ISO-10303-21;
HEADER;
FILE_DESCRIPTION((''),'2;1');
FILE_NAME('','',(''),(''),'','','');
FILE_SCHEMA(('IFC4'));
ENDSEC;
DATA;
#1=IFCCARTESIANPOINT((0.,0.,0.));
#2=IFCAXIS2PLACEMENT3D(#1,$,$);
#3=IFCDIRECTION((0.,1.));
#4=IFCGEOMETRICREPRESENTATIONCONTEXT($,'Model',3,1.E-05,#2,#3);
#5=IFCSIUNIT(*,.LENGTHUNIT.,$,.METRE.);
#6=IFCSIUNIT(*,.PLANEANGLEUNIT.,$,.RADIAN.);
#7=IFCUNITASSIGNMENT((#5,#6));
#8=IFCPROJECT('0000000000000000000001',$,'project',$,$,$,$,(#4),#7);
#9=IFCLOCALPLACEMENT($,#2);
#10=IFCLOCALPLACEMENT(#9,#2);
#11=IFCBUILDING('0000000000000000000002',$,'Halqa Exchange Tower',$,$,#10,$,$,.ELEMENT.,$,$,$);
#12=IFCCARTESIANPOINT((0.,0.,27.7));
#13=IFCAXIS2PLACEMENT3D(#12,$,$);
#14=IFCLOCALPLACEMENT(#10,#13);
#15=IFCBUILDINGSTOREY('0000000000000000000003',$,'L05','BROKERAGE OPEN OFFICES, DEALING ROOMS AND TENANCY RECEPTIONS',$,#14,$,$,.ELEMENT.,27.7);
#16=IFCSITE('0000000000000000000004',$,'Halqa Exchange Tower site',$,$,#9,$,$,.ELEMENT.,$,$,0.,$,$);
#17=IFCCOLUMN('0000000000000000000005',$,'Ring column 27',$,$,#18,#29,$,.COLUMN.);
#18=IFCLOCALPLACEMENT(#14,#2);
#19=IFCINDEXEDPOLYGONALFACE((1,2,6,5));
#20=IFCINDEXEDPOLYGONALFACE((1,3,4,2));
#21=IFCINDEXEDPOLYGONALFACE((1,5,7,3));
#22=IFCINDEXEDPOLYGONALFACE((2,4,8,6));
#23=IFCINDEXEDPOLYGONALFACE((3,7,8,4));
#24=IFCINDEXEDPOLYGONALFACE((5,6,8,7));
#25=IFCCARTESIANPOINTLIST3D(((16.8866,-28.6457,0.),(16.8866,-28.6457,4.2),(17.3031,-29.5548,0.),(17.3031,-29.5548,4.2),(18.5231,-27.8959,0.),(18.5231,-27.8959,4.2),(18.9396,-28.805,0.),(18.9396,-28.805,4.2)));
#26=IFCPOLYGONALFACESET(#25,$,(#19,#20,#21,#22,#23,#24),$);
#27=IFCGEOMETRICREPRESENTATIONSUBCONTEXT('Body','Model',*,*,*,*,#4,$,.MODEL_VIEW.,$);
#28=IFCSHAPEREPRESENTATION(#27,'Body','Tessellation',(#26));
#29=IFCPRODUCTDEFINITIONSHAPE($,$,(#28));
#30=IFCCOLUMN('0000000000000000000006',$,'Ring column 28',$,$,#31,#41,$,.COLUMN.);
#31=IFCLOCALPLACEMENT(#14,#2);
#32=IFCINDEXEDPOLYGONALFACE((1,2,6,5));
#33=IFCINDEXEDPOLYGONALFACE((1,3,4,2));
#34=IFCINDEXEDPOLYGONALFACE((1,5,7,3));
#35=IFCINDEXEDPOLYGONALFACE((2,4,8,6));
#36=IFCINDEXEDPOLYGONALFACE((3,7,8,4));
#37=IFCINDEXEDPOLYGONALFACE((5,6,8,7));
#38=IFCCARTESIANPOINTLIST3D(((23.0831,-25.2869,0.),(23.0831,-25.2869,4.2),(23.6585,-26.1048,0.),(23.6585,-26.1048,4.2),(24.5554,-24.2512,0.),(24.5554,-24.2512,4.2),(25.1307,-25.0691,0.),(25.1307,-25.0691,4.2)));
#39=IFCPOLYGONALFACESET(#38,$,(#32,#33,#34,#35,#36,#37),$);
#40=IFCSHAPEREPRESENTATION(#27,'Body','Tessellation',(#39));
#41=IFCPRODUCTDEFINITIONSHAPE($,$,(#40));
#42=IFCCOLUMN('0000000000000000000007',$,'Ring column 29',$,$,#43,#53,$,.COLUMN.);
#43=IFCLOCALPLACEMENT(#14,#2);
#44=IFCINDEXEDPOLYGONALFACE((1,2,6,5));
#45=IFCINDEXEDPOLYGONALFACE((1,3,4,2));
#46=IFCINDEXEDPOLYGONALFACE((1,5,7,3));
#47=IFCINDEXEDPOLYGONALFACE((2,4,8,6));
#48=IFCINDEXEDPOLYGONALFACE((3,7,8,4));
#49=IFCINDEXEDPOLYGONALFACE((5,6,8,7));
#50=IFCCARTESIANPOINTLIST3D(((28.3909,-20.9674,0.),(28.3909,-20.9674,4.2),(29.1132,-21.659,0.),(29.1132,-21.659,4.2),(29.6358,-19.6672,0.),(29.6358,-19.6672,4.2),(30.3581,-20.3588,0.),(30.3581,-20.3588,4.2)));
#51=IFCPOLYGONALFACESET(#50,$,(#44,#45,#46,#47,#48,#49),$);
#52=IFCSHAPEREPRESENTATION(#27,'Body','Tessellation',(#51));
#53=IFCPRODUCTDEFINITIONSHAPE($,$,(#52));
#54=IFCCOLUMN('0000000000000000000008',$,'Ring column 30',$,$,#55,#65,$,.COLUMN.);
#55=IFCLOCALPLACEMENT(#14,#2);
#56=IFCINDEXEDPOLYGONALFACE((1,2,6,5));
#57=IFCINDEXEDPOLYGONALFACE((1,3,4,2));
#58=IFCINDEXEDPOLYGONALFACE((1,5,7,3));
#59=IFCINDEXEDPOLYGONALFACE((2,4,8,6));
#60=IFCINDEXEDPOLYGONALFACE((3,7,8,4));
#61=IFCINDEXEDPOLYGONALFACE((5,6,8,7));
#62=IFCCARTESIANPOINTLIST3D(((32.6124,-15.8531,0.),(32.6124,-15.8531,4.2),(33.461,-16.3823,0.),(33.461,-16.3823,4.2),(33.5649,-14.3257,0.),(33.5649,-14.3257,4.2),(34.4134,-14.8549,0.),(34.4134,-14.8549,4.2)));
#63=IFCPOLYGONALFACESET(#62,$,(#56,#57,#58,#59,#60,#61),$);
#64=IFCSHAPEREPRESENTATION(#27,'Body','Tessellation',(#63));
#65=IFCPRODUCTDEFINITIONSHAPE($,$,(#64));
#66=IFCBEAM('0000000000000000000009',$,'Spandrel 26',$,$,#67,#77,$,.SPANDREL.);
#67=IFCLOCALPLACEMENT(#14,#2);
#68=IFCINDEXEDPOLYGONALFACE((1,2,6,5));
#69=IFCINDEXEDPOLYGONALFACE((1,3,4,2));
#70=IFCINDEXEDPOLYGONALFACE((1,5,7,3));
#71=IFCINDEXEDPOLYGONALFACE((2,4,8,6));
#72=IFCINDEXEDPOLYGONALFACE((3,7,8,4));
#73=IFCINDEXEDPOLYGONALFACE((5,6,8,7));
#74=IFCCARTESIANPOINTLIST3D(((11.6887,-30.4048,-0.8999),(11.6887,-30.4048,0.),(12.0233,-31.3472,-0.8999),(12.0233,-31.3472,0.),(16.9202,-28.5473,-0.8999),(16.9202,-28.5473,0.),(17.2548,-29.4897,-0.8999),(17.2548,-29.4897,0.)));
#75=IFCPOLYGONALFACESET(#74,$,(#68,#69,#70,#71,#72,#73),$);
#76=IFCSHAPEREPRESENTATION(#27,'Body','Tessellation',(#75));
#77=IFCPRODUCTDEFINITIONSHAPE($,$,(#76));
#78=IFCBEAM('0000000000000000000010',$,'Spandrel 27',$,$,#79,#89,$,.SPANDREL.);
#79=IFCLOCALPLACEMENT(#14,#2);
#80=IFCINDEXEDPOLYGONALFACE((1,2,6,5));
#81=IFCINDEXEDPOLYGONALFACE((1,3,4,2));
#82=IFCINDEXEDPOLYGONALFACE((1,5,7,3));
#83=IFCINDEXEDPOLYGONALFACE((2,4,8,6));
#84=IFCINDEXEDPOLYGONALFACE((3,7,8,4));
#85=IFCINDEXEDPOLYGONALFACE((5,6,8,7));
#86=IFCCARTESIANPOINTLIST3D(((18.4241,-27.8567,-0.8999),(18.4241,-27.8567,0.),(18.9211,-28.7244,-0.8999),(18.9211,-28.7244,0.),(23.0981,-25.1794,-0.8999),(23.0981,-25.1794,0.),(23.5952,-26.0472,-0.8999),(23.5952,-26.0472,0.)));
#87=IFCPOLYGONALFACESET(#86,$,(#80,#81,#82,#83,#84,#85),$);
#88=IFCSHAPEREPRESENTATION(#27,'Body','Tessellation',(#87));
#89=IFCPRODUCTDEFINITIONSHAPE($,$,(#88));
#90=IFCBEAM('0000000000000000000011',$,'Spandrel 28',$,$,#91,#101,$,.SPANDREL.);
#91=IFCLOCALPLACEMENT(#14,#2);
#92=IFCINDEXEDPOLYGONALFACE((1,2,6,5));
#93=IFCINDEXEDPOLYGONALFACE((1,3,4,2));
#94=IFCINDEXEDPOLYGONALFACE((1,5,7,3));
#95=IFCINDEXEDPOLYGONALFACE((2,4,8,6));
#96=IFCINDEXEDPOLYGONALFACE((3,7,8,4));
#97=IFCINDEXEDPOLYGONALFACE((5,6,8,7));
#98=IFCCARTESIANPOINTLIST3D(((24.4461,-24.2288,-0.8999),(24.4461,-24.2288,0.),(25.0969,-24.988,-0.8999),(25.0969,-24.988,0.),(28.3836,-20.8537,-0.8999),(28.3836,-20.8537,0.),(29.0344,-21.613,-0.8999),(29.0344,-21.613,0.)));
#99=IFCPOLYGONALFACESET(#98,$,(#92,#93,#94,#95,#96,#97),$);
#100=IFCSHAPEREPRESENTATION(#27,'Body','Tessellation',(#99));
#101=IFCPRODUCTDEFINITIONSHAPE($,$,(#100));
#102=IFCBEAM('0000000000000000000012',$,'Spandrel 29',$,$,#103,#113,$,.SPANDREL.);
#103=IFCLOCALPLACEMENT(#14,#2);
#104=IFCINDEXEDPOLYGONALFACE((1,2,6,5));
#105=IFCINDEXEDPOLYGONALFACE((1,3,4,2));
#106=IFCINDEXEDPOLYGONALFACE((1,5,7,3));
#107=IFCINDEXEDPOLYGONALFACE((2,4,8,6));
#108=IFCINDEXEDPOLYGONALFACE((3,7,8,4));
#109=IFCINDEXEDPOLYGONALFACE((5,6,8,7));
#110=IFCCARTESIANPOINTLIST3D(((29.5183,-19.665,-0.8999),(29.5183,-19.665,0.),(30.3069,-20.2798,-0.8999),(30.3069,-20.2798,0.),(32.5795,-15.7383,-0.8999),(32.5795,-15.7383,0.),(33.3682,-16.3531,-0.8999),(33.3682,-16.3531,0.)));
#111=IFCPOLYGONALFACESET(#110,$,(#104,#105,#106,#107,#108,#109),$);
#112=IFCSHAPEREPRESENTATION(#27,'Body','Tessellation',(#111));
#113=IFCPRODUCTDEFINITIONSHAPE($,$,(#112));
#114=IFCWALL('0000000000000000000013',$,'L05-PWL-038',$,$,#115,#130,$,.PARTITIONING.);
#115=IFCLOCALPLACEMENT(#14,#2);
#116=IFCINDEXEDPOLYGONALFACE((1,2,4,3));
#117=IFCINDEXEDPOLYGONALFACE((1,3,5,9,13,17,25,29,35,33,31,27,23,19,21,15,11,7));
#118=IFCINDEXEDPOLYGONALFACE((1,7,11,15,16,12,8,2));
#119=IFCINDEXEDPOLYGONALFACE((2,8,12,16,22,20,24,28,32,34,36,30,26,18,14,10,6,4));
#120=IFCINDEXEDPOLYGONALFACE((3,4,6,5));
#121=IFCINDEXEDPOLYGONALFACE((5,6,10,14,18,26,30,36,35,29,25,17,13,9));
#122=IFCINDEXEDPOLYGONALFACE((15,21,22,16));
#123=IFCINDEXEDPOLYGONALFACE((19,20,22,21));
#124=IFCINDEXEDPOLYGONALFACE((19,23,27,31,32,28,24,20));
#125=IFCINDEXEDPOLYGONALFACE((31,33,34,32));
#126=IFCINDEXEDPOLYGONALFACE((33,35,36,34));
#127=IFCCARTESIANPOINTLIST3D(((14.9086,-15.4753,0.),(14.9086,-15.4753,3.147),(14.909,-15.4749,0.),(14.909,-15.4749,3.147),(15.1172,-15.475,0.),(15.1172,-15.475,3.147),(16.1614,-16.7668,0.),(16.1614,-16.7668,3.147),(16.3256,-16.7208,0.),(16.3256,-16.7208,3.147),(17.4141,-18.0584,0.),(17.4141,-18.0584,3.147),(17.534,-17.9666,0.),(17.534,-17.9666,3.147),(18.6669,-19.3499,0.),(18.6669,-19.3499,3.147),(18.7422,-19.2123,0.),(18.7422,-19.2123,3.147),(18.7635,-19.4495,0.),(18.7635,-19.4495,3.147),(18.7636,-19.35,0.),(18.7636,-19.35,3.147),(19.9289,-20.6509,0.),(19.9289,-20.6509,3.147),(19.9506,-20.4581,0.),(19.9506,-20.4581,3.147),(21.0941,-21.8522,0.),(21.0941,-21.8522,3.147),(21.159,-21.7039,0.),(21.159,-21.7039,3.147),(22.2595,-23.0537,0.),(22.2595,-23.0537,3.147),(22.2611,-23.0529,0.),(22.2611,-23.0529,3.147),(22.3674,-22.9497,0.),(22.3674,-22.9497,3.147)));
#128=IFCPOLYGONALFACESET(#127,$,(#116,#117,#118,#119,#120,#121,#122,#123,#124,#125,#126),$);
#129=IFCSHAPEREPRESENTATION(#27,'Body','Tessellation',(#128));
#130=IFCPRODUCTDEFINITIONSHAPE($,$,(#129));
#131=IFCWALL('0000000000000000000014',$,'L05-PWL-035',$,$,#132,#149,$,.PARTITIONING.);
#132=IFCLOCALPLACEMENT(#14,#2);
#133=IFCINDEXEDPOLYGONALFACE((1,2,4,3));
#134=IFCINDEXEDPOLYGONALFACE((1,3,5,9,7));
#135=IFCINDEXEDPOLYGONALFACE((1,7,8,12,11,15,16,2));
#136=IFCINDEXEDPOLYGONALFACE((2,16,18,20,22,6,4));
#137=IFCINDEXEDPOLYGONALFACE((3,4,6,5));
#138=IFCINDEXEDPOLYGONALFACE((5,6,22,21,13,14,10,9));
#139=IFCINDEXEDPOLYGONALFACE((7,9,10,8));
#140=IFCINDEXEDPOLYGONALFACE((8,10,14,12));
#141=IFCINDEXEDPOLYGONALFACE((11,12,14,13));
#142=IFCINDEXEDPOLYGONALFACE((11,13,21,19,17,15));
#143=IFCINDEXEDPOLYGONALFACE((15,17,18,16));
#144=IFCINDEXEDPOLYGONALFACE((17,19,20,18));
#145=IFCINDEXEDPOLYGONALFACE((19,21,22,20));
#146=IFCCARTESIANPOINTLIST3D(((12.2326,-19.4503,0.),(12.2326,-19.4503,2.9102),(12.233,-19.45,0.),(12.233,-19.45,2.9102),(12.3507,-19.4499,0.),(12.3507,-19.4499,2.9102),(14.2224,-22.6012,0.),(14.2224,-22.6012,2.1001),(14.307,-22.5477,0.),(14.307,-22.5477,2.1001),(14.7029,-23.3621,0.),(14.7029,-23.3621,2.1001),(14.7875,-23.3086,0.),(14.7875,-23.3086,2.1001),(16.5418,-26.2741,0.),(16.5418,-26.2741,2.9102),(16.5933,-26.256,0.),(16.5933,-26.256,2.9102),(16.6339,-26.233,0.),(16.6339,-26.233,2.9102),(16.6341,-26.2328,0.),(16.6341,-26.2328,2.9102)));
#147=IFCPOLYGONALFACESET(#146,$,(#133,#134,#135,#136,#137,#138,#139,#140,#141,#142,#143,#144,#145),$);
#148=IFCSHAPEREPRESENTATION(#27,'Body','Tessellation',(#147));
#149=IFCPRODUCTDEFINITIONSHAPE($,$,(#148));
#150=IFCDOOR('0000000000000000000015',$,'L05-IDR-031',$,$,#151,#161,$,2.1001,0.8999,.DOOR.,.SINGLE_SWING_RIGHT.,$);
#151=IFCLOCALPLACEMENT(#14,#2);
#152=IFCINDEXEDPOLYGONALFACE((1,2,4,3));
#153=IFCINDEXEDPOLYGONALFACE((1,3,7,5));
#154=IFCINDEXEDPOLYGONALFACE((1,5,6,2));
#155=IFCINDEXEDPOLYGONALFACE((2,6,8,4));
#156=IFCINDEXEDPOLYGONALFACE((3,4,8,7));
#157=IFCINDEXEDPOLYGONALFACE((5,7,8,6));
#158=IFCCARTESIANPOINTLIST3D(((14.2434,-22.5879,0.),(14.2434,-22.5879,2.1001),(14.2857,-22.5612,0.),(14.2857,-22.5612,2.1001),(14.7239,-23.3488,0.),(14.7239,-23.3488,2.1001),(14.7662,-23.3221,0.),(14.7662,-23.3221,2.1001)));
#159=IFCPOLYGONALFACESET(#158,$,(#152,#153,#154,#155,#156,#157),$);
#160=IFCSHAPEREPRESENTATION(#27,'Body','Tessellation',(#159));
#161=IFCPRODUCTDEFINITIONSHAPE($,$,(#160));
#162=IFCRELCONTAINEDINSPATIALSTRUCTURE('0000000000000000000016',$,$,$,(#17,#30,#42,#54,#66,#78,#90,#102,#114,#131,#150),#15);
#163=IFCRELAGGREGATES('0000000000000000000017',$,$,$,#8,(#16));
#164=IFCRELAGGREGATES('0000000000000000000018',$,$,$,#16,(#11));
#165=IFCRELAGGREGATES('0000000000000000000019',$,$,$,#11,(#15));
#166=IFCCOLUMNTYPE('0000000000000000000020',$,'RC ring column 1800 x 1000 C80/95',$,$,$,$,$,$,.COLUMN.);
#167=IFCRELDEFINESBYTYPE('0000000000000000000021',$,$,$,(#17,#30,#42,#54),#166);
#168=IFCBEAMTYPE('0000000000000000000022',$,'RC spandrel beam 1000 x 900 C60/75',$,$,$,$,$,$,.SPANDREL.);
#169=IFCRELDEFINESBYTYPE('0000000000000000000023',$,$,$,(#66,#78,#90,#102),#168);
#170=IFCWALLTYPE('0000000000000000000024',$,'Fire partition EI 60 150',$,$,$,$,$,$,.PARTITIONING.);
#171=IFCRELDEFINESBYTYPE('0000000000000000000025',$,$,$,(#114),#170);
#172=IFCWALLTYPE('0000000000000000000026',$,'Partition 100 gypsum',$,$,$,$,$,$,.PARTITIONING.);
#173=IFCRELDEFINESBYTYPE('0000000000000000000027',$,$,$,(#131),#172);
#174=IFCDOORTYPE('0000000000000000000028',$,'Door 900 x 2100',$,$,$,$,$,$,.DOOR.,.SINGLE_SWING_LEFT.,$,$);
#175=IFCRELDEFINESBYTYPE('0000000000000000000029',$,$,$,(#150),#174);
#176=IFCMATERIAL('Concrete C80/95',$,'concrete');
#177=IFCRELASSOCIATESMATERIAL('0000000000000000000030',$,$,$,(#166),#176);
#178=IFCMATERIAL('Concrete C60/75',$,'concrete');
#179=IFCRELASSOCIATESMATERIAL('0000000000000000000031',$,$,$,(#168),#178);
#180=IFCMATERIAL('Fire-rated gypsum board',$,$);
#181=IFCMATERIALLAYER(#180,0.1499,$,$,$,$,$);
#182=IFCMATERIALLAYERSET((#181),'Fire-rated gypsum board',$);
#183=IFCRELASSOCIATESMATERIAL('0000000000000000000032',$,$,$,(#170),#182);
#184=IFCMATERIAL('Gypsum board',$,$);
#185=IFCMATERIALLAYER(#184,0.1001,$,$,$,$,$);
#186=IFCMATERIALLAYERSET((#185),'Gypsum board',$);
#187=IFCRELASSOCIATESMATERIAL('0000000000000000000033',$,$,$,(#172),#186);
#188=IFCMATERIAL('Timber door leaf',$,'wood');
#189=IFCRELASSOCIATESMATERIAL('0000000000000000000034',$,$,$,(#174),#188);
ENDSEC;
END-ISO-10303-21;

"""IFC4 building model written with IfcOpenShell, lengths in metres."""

from ifc_helpers import new_model, si_unit, direction, frame, frame_2d, origin, origin_2d, place, context, subcontext, project, spatial, polyline, rectangle, outline, extrude, material, layer, layer_set, material_profile, profile_set, type_object, element, fill, save


model = new_model("IFC4")

# Units and contexts
model_context = context("Model", 3, precision=1e-05, world=origin(), true_north=direction((0.0, 1.0)))
body_context = subcontext(model_context, "Body", "Model", "MODEL_VIEW")
ifc_project = project(units=[si_unit("LENGTHUNIT", "METRE"), si_unit("PLANEANGLEUNIT", "RADIAN")], contexts=[model_context])

# Site, building, storey
site_placement = place(None, origin())
site = spatial("IfcSite", under=ifc_project, at=site_placement, Name="Halqa Exchange Tower site", CompositionType="ELEMENT", RefElevation=0.0)
building_placement = place(site_placement, origin())
building = spatial("IfcBuilding", under=site, at=building_placement, Name="Halqa Exchange Tower", CompositionType="ELEMENT")
storey_placement = place(building_placement, frame((0.0, 0.0, 27.7)))
storey = spatial("IfcBuildingStorey", under=building, at=storey_placement, Name="L05", Description="BROKERAGE OPEN OFFICES, DEALING ROOMS AND TENANCY RECEPTIONS", CompositionType="ELEMENT", Elevation=27.7)

# Columns
ifc_material_1 = material(Name="Concrete C80/95", Category="concrete")
ifc_material_profile_1 = material_profile(ifc_material_1, rectangle(XDim=1.8, YDim=1.0, at=origin_2d()), Name="1800 x 1000")
ifc_profile_set_1 = profile_set([ifc_material_profile_1], Name="Concrete C80/95")
column_type = type_object("IfcColumnType", Name="RC ring column 1800 x 1000 C80/95", PredefinedType="COLUMN", material=ifc_profile_set_1)
for number, where, z_axis, x_axis, name in (
    (1, (17.9131, -28.7253, 0.0), (0.0, 0.0, 1.0), (0.909126, 0.416522, 0.0), "Ring column 27"),
    (2, (24.1069, -25.178, 0.0), (0.0, 0.0, 1.0), (0.817909, 0.575348, 0.0), "Ring column 28"),
    (3, (29.3745, -20.6631, 0.0), (0.0, 0.0, 1.0), (0.691581, 0.722299, 0.0), "Ring column 29"),
    (4, (33.5129, -15.354, 0.0), (0.0, 0.0, 1.0), (0.52914, 0.848534, 0.0), "Ring column 30"),
):
    element("IfcColumn", number, at=place(storey_placement, frame(where, z_axis=z_axis, x_axis=x_axis)), inside=storey, type_object=column_type, Name=name, PredefinedType="COLUMN", context=body_context, shape_type="SweptSolid", body=[
        extrude(rectangle(XDim=1.8, YDim=1.0, at=origin_2d()), origin(), (0.0, 0.0, 1.0), 4.2),
    ])

# Beams
ifc_material_2 = material(Name="Concrete C60/75", Category="concrete")
ifc_material_profile_2 = material_profile(ifc_material_2, rectangle(XDim=1.0, YDim=0.8999, at=origin_2d()), Name="1000 x 900")
ifc_profile_set_2 = profile_set([ifc_material_profile_2], Name="Concrete C60/75")
beam_type = type_object("IfcBeamType", Name="RC spandrel beam 1000 x 900 C60/75", PredefinedType="SPANDREL", material=ifc_profile_set_2)
beam_1_placement = place(storey_placement, frame((11.856, -30.876, -0.45), z_axis=(0.942365, 0.334586, 0.0), x_axis=(-0.334586, 0.942365, 0.0)))
element("IfcBeam", 5, at=beam_1_placement, inside=storey, type_object=beam_type, Name="Spandrel 26", PredefinedType="SPANDREL", context=body_context, shape_type="SweptSolid", body=[
    extrude(rectangle(XDim=1.0, YDim=0.8999, at=origin_2d()), origin(), (0.0, 0.0, 1.0), 5.5515),
])
beam_2_placement = place(storey_placement, frame((18.6726, -28.2905, -0.45), z_axis=(0.867735, 0.497027, 0.0), x_axis=(-0.497027, 0.867735, 0.0)))
element("IfcBeam", 6, at=beam_2_placement, inside=storey, type_object=beam_type, Name="Spandrel 27", PredefinedType="SPANDREL", context=body_context, shape_type="SweptSolid", body=[
    extrude(rectangle(XDim=1.0, YDim=0.8999, at=origin_2d()), origin(), (0.0, 0.0, 1.0), 5.3865),
])
beam_3_placement = place(storey_placement, frame((24.7715, -24.6084, -0.45), z_axis=(0.759257, 0.650791, 0.0), x_axis=(-0.650791, 0.759257, 0.0)))
element("IfcBeam", 7, at=beam_3_placement, inside=storey, type_object=beam_type, Name="Spandrel 28", PredefinedType="SPANDREL", context=body_context, shape_type="SweptSolid", body=[
    extrude(rectangle(XDim=1.0, YDim=0.8999, at=origin_2d()), origin(), (0.0, 0.0, 1.0), 5.186),
])
beam_4_placement = place(storey_placement, frame((29.9126, -19.9724, -0.45), z_axis=(0.614833, 0.788657, 0.0), x_axis=(-0.788657, 0.614833, 0.0)))
element("IfcBeam", 8, at=beam_4_placement, inside=storey, type_object=beam_type, Name="Spandrel 29", PredefinedType="SPANDREL", context=body_context, shape_type="SweptSolid", body=[
    extrude(rectangle(XDim=1.0, YDim=0.8999, at=origin_2d()), origin(), (0.0, 0.0, 1.0), 4.979),
])

# Wall
ifc_material_3 = material(Name="Fire-rated gypsum board")
ifc_layer_1 = layer(ifc_material_3, 0.1499)
ifc_layer_set_1 = layer_set([ifc_layer_1], Name="Fire-rated gypsum board")
wall_type_1 = type_object("IfcWallType", Name="Fire partition EI 60 150", PredefinedType="PARTITIONING", material=ifc_layer_set_1)
wall_1_placement = place(storey_placement, frame((14.9624, -15.4231, 0.0), z_axis=(0.0, 0.0, 1.0), x_axis=(0.696249, -0.7178, 0.0)))
element("IfcWall", 9, at=wall_1_placement, inside=storey, type_object=wall_type_1, Name="L05-PWL-038", PredefinedType="PARTITIONING", context=body_context, shape_type="SweptSolid", body=[
    extrude(outline(polyline([(0.0, -0.075), (1.7993, -0.075), (3.5986, -0.075), (5.3979, -0.075), (5.4653, -0.0056), (5.5366, -0.075), (7.2104, -0.075), (8.884, -0.075), (10.5579, -0.075), (10.5583, -0.0732), (10.5583, 0.075), (8.8228, 0.075), (7.0872, 0.075), (5.3516, 0.075), (3.6162, 0.075), (1.8806, 0.075), (0.145, 0.075), (0.0, -0.0745), (0.0, -0.075)])), origin(), (0.0, 0.0, 1.0), 3.147),
])

# Wall, opening, door
ifc_material_4 = material(Name="Gypsum board")
ifc_layer_2 = layer(ifc_material_4, 0.1001)
ifc_layer_set_2 = layer_set([ifc_layer_2], Name="Gypsum board")
wall_type_2 = type_object("IfcWallType", Name="Partition 100 gypsum", PredefinedType="PARTITIONING", material=ifc_layer_set_2)
wall_2_placement = place(storey_placement, frame((12.2749, -19.4236, 0.0), z_axis=(0.0, 0.0, 1.0), x_axis=(0.533945, -0.845519, 0.0)))
wall_2 = element("IfcWall", 10, at=wall_2_placement, inside=storey, type_object=wall_type_2, Name="L05-PWL-035", PredefinedType="PARTITIONING", context=body_context, shape_type="SweptSolid", body=[
    extrude(outline(polyline([(0.0, -0.05), (1.614, -0.05), (3.2283, -0.05), (4.8423, -0.05), (6.4563, -0.05), (8.0706, -0.05), (8.0828, 0.0032), (8.085, 0.0498), (8.085, 0.05), (6.4805, 0.05), (4.8762, 0.05), (3.2717, 0.05), (1.6672, 0.05), (0.0627, 0.05), (0.0, -0.0496), (0.0, -0.05)])), origin(), (0.0, 0.0, 1.0), 2.9102),
])
opening_1_placement = place(wall_2_placement, frame((3.7266, 0.0, 0.0)))
opening_1 = element("IfcOpeningElement", 11, at=opening_1_placement, cuts=wall_2, PredefinedType="OPENING", context=body_context, shape_type="SweptSolid", body=[
    extrude(rectangle(XDim=0.8999, YDim=2.1001, at=frame_2d((0.45, 1.05))), frame((0.0, 0.062, 0.0), z_axis=(0.0, -1.0, 0.0), x_axis=(1.0, 0.0, 0.0)), (0.0, 0.0, 1.0), 0.124),
])
ifc_material_5 = material(Name="Timber door leaf", Category="wood")
door_type_1 = type_object("IfcDoorType", Name="Door 900 x 2100", OperationType="SINGLE_SWING_LEFT", PredefinedType="DOOR", material=ifc_material_5)
door_1_placement = place(opening_1_placement, origin())
door_1 = element("IfcDoor", 12, at=door_1_placement, inside=storey, type_object=door_type_1, Name="L05-IDR-031", OperationType="SINGLE_SWING_RIGHT", OverallHeight=2.1001, OverallWidth=0.8999, PredefinedType="DOOR", context=body_context, shape_type="SweptSolid", body=[
    extrude(rectangle(XDim=0.8999, YDim=2.1001, at=frame_2d((0.45, 1.05))), frame((0.0, 0.0249, 0.0), z_axis=(0.0, -1.0, 0.0), x_axis=(1.0, 0.0, 0.0)), (0.0, 0.0, 1.0), 0.05),
])
fill(opening_1, door_1)

save(model, "model.ifc")
